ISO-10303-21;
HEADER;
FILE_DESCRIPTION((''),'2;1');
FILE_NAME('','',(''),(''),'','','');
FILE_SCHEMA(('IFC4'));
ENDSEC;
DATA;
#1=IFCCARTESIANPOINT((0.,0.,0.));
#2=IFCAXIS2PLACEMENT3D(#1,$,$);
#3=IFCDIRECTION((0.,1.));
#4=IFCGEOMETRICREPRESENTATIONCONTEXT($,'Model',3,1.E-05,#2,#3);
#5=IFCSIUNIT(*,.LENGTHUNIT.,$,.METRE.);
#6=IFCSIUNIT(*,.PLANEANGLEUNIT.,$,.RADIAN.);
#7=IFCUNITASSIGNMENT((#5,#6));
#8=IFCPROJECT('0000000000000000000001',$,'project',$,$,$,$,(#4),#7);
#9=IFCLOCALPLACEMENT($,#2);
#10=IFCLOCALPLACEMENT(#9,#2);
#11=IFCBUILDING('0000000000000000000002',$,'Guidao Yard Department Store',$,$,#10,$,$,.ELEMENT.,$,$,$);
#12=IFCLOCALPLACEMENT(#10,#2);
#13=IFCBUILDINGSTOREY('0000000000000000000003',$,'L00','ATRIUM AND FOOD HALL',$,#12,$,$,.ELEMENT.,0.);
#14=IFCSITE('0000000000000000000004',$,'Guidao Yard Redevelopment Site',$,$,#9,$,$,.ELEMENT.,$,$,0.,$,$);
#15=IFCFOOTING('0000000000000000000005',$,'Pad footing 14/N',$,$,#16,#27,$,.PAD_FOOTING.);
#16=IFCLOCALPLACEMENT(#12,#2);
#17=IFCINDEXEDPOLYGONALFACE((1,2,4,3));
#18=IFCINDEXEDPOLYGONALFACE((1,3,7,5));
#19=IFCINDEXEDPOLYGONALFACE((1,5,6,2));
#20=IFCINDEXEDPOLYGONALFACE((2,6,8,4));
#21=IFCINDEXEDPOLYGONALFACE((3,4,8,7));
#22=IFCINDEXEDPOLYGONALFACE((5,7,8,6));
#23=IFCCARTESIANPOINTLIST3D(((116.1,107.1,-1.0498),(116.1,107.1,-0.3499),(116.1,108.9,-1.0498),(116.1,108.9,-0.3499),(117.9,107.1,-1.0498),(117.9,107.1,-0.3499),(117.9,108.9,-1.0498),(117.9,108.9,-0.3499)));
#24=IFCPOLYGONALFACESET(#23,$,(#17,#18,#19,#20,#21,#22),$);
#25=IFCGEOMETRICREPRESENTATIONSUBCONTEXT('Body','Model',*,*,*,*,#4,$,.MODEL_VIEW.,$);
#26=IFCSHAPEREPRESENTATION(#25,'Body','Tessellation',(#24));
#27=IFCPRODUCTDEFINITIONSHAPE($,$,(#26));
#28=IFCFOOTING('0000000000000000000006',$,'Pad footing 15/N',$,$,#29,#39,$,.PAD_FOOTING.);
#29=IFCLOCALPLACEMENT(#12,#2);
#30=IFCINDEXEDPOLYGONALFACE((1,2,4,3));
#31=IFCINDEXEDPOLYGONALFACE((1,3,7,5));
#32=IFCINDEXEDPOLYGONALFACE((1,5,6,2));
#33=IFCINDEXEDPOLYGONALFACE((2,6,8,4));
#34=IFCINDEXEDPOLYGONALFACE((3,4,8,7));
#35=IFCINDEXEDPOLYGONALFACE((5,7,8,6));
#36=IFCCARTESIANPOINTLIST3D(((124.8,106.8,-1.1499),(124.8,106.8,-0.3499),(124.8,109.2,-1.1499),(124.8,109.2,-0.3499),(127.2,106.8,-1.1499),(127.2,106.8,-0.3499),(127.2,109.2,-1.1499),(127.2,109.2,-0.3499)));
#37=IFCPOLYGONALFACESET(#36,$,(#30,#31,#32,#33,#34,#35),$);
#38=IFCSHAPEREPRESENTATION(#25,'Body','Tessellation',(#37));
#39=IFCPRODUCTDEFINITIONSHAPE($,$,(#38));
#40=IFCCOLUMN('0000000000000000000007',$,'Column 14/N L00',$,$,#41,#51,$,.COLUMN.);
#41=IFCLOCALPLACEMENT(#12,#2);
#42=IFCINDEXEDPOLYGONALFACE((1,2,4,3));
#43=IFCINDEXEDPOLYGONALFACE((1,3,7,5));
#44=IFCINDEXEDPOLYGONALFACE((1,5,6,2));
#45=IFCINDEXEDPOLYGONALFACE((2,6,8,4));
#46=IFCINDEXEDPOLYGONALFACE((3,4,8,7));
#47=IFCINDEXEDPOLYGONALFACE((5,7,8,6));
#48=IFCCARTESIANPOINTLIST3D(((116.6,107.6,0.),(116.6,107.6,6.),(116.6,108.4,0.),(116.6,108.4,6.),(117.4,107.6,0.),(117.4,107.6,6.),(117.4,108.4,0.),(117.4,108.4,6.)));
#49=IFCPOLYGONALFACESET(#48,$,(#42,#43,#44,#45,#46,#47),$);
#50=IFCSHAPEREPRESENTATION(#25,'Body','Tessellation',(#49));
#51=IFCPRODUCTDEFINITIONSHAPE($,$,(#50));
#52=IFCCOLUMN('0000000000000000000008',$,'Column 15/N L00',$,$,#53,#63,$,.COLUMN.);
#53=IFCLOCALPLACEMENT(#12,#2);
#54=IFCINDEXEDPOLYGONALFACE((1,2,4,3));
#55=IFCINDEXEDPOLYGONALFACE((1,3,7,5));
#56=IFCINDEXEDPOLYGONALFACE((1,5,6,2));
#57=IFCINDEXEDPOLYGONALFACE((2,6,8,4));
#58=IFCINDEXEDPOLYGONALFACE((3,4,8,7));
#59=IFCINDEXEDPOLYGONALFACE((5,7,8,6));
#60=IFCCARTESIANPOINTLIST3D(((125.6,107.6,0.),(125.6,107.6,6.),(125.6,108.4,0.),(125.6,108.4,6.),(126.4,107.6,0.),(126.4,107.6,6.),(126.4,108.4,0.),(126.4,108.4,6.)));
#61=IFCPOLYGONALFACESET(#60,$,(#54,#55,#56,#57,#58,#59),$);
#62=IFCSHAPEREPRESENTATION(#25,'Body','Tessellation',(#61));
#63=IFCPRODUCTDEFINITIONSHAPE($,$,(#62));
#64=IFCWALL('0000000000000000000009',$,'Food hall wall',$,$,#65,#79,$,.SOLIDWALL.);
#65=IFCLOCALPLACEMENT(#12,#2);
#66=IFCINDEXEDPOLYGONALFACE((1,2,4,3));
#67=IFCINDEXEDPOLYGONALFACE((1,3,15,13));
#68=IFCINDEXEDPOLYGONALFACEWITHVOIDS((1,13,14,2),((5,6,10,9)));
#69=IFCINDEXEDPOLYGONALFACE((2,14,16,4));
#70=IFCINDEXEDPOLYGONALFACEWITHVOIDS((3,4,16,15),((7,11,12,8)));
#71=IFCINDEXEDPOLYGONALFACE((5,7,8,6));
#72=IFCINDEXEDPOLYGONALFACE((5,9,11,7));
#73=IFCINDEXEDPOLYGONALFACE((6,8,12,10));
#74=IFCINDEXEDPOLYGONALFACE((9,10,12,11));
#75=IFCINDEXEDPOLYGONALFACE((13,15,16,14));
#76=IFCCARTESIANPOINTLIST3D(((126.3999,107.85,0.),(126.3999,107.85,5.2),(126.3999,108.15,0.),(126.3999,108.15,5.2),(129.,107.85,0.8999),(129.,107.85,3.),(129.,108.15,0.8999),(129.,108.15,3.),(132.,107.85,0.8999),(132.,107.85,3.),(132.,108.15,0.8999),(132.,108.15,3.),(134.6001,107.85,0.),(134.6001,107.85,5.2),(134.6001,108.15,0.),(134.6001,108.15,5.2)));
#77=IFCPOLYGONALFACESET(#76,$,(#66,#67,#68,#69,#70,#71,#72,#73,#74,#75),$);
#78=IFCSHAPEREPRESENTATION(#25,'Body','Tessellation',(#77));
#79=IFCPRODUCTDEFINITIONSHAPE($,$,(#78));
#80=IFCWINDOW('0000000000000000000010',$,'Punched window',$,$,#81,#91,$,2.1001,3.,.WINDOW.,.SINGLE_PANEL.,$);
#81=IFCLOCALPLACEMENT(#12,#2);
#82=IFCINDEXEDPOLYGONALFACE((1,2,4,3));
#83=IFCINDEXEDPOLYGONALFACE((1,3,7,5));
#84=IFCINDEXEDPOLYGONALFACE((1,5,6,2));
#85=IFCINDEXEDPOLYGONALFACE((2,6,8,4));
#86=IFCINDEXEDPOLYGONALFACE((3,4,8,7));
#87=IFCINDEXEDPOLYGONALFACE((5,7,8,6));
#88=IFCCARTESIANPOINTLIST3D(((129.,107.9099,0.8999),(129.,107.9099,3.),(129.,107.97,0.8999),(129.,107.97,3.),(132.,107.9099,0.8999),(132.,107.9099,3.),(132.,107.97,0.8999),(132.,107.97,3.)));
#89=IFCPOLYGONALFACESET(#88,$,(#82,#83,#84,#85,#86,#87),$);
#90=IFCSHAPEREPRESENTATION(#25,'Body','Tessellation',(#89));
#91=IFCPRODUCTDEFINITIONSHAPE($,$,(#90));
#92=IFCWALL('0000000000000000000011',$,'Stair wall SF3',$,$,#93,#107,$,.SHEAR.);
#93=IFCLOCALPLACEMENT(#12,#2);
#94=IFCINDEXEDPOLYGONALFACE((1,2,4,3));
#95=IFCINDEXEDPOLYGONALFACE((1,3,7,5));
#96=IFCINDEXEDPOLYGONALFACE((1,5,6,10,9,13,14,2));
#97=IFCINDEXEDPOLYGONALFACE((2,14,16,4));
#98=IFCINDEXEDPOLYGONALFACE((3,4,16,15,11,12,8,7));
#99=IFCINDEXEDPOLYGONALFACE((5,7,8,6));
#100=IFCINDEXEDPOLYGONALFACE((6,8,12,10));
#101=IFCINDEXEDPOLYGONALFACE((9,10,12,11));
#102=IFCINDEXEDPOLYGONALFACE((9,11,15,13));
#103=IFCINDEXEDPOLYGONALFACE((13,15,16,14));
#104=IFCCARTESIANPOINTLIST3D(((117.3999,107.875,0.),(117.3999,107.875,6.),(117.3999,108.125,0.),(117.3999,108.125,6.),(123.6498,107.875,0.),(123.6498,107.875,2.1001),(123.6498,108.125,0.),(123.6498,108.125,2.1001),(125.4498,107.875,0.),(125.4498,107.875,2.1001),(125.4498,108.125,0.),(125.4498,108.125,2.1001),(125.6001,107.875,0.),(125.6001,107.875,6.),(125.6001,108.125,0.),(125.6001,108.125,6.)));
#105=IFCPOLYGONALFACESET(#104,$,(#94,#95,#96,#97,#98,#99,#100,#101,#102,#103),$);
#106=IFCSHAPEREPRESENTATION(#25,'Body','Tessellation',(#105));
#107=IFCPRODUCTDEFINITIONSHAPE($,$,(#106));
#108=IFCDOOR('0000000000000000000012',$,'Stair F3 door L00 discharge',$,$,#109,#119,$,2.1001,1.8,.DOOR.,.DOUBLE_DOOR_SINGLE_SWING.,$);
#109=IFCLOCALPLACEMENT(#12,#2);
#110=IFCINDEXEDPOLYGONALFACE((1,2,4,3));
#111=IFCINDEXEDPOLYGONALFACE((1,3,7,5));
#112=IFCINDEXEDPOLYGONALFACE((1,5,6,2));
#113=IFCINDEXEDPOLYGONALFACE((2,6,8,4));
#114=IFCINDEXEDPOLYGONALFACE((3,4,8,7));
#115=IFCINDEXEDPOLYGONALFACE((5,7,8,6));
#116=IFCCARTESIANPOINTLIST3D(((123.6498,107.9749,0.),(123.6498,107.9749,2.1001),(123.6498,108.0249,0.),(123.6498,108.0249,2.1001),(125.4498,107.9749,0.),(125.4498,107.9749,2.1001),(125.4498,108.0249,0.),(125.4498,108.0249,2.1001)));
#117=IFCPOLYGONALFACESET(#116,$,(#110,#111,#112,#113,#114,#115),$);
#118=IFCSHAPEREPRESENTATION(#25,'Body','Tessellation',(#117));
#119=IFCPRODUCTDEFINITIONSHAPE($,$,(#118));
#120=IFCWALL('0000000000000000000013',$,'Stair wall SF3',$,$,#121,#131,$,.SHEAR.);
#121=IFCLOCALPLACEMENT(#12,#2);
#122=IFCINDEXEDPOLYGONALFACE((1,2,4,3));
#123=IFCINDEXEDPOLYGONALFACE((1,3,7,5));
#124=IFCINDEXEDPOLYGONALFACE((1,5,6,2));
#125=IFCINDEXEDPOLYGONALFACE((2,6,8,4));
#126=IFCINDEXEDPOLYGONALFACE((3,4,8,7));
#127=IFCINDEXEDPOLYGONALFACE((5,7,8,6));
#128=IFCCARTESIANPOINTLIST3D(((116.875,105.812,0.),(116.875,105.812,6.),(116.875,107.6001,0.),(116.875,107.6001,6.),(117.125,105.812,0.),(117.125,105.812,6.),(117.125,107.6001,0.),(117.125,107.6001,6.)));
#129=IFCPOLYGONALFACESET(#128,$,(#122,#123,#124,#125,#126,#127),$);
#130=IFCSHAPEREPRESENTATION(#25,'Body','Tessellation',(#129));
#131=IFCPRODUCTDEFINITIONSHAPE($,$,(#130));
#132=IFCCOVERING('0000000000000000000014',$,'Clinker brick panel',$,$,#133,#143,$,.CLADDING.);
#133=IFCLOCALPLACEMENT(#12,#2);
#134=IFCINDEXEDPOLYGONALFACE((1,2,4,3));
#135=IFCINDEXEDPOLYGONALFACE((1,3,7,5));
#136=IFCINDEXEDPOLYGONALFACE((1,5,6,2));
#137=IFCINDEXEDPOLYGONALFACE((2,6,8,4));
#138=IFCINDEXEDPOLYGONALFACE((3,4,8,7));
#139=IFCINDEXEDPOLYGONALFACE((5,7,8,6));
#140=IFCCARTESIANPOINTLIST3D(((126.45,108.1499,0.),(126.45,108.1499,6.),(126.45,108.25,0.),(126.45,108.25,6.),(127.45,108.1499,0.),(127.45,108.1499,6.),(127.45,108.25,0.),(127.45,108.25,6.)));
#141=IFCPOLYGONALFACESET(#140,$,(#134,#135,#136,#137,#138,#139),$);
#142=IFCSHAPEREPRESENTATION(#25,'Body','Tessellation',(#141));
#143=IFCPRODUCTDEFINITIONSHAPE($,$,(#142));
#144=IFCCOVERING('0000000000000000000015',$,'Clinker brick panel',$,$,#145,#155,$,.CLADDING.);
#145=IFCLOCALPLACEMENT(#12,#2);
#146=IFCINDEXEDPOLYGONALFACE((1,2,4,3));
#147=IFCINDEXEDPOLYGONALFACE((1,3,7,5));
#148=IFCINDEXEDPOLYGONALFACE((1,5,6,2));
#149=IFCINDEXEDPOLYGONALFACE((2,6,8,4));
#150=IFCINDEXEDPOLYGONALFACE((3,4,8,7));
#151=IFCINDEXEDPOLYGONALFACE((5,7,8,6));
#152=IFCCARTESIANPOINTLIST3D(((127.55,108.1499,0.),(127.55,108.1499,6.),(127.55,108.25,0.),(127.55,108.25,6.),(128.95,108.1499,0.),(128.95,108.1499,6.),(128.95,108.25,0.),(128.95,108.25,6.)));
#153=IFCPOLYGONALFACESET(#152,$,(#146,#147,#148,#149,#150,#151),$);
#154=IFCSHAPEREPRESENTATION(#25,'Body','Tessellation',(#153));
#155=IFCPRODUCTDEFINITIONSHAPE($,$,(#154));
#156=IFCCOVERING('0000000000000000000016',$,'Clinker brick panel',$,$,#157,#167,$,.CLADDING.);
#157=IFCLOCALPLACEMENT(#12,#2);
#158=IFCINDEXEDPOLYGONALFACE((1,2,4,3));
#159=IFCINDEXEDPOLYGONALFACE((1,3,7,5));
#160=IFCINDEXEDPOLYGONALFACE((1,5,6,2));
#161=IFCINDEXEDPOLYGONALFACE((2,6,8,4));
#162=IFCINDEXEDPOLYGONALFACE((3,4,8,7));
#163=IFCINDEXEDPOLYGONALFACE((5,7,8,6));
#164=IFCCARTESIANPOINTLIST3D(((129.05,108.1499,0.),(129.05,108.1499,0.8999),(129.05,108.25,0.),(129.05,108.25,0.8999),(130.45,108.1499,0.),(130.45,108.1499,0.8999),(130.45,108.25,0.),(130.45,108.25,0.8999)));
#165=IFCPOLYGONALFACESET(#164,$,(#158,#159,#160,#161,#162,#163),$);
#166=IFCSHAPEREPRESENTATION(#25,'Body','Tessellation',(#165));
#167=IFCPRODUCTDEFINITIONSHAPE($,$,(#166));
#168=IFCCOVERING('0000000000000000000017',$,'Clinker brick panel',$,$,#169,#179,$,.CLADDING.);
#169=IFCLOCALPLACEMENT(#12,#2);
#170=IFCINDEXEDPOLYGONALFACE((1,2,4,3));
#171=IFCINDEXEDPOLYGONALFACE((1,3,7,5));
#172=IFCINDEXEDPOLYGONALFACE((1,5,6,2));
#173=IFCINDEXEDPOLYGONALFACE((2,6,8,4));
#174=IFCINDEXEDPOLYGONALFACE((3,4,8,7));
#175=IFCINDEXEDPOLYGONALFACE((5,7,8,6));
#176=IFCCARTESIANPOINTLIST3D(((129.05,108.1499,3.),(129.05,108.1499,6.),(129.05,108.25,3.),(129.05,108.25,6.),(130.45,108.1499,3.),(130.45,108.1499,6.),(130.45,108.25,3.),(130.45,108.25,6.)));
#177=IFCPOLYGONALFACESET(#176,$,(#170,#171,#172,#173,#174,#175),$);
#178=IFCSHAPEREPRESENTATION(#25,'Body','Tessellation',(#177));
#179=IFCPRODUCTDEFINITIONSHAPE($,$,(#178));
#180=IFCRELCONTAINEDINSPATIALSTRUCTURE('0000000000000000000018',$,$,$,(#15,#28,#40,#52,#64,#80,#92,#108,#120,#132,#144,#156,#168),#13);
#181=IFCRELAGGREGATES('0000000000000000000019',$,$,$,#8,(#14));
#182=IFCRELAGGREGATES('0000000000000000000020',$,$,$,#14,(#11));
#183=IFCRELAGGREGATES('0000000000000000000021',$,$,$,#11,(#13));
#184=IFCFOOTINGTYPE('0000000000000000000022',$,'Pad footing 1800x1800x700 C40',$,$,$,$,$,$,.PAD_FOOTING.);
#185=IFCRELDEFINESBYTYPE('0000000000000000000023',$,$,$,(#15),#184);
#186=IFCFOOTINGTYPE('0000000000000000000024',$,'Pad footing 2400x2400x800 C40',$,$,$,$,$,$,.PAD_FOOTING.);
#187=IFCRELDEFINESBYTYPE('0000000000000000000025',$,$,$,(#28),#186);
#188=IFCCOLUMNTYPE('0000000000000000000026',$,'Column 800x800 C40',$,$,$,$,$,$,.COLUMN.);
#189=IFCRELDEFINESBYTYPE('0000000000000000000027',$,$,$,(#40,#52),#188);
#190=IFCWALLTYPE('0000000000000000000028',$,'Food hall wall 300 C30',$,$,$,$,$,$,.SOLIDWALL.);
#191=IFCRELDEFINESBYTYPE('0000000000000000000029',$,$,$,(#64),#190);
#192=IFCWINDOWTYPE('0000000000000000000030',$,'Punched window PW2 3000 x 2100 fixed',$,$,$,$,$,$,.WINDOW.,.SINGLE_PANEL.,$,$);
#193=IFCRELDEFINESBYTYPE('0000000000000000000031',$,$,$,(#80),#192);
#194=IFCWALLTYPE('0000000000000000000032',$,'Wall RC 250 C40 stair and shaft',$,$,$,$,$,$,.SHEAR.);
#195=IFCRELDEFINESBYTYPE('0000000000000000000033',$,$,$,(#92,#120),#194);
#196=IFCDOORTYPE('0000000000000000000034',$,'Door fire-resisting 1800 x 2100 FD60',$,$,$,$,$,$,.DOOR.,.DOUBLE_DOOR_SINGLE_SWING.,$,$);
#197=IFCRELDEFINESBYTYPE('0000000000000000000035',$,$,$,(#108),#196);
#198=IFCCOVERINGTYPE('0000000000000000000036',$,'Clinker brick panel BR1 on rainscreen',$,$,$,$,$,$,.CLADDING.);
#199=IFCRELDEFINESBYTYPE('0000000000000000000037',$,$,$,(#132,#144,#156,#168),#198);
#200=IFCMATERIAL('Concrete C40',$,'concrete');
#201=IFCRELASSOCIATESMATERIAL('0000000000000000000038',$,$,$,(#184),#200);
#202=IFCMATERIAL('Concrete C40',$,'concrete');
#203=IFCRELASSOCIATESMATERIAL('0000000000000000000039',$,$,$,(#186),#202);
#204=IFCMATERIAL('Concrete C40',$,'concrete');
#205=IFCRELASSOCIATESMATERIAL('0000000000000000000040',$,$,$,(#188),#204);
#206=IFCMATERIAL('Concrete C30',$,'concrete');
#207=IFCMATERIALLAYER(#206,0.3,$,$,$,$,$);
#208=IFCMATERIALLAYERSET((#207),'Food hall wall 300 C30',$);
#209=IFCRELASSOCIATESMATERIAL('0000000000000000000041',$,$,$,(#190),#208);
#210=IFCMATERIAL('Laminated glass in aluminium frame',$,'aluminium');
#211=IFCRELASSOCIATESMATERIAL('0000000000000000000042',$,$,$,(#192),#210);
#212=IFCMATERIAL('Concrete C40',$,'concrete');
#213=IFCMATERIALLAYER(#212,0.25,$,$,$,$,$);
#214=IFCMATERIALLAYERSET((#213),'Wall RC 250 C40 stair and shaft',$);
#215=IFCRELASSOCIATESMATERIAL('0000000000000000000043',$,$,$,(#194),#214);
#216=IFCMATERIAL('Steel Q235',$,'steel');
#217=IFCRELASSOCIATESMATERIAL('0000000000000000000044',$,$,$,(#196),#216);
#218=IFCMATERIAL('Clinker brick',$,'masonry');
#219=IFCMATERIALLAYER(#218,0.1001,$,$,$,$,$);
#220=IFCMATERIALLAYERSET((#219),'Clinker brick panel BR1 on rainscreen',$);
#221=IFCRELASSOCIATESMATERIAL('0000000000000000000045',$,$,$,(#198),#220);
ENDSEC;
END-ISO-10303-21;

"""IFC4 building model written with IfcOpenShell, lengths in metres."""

from ifc_helpers import new_model, si_unit, direction, frame, frame_2d, origin, origin_2d, place, context, subcontext, project, spatial, rectangle, extrude, material, layer, layer_set, material_profile, profile_set, type_object, element, fill, save


model = new_model("IFC4")

# Units and contexts
model_context = context("Model", 3, precision=1e-05, world=origin(), true_north=direction((0.0, 1.0)))
body_context = subcontext(model_context, "Body", "Model", "MODEL_VIEW")
ifc_project = project(units=[si_unit("LENGTHUNIT", "METRE"), si_unit("PLANEANGLEUNIT", "RADIAN")], contexts=[model_context])

# Site, building, storey
site_placement = place(None, origin())
site = spatial("IfcSite", under=ifc_project, at=site_placement, Name="Guidao Yard Redevelopment Site", CompositionType="ELEMENT", RefElevation=0.0)
building_placement = place(site_placement, origin())
building = spatial("IfcBuilding", under=site, at=building_placement, Name="Guidao Yard Department Store", CompositionType="ELEMENT")
storey_placement = place(building_placement, origin())
storey = spatial("IfcBuildingStorey", under=building, at=storey_placement, Name="L00", Description="ATRIUM AND FOOD HALL", CompositionType="ELEMENT", Elevation=0.0)

# Footings
ifc_material_1 = material(Name="Concrete C40", Category="concrete")
footing_type_1 = type_object("IfcFootingType", Name="Pad footing 1800x1800x700 C40", PredefinedType="PAD_FOOTING", material=ifc_material_1)
footing_1_placement = place(storey_placement, frame((117.0, 108.0, -1.0498), z_axis=(0.0, 0.0, 1.0), x_axis=(1.0, 0.0, 0.0)))
element("IfcFooting", 1, at=footing_1_placement, inside=storey, type_object=footing_type_1, Name="Pad footing 14/N", PredefinedType="PAD_FOOTING", context=body_context, shape_type="SweptSolid", body=[
    extrude(rectangle(XDim=1.8, YDim=1.8, at=origin_2d()), origin(), (0.0, 0.0, 1.0), 0.7),
])
ifc_material_2 = material(Name="Concrete C40", Category="concrete")
footing_type_2 = type_object("IfcFootingType", Name="Pad footing 2400x2400x800 C40", PredefinedType="PAD_FOOTING", material=ifc_material_2)
footing_2_placement = place(storey_placement, frame((126.0, 108.0, -1.1499), z_axis=(0.0, 0.0, 1.0), x_axis=(1.0, 0.0, 0.0)))
element("IfcFooting", 2, at=footing_2_placement, inside=storey, type_object=footing_type_2, Name="Pad footing 15/N", PredefinedType="PAD_FOOTING", context=body_context, shape_type="SweptSolid", body=[
    extrude(rectangle(XDim=2.3999, YDim=2.3999, at=origin_2d()), origin(), (0.0, 0.0, 1.0), 0.8),
])

# Columns
ifc_material_3 = material(Name="Concrete C40", Category="concrete")
ifc_material_profile = material_profile(ifc_material_3, rectangle(XDim=0.8, YDim=0.8, at=origin_2d()), Name="COL 800x800")
ifc_profile_set = profile_set([ifc_material_profile], Name="Concrete C40")
column_type = type_object("IfcColumnType", Name="Column 800x800 C40", PredefinedType="COLUMN", material=ifc_profile_set)
for number, where, z_axis, x_axis, name in (
    (3, (117.0, 108.0, 0.0), (0.0, 0.0, 1.0), (1.0, 0.0, 0.0), "Column 14/N L00"),
    (4, (126.0, 108.0, 0.0), (0.0, 0.0, 1.0), (1.0, 0.0, 0.0), "Column 15/N L00"),
):
    element("IfcColumn", number, at=place(storey_placement, frame(where, z_axis=z_axis, x_axis=x_axis)), inside=storey, type_object=column_type, Name=name, PredefinedType="COLUMN", context=body_context, shape_type="SweptSolid", body=[
        extrude(rectangle(XDim=0.8, YDim=0.8, at=origin_2d()), origin(), (0.0, 0.0, 1.0), 6.0),
    ])

# Wall, opening, window
ifc_material_4 = material(Name="Concrete C30", Category="concrete")
ifc_layer_1 = layer(ifc_material_4, 0.3)
ifc_layer_set_1 = layer_set([ifc_layer_1], Name="Food hall wall 300 C30")
wall_type_1 = type_object("IfcWallType", Name="Food hall wall 300 C30", PredefinedType="SOLIDWALL", material=ifc_layer_set_1)
wall_1_placement = place(storey_placement, frame((126.3999, 108.0, 0.0), z_axis=(0.0, 0.0, 1.0), x_axis=(1.0, 0.0, 0.0)))
wall_1 = element("IfcWall", 5, at=wall_1_placement, inside=storey, type_object=wall_type_1, Name="Food hall wall", PredefinedType="SOLIDWALL", context=body_context, shape_type="SweptSolid", body=[
    extrude(rectangle(XDim=8.2002, YDim=0.3, at=frame_2d((4.1001, 0.0))), origin(), (0.0, 0.0, 1.0), 5.2),
])
opening_1_placement = place(wall_1_placement, frame((2.6001, 0.0, 0.8999)))
opening_1 = element("IfcOpeningElement", 6, at=opening_1_placement, cuts=wall_1, PredefinedType="OPENING", context=body_context, shape_type="SweptSolid", body=[
    extrude(rectangle(XDim=3.0, YDim=2.1001, at=frame_2d((1.5, 1.05))), frame((0.0, 0.1599, 0.0), z_axis=(0.0, -1.0, 0.0), x_axis=(1.0, 0.0, 0.0)), (0.0, 0.0, 1.0), 0.3201),
])
ifc_material_5 = material(Name="Laminated glass in aluminium frame", Category="aluminium")
window_type = type_object("IfcWindowType", Name="Punched window PW2 3000 x 2100 fixed", PartitioningType="SINGLE_PANEL", PredefinedType="WINDOW", material=ifc_material_5)
window_placement = place(opening_1_placement, origin())
window = element("IfcWindow", 7, at=window_placement, inside=storey, type_object=window_type, Name="Punched window", OverallHeight=2.1001, OverallWidth=3.0, PartitioningType="SINGLE_PANEL", PredefinedType="WINDOW", context=body_context, shape_type="SweptSolid", body=[
    extrude(rectangle(XDim=3.0, YDim=2.1001, at=frame_2d((1.5, 1.05))), frame((0.0, -0.03, 0.0), z_axis=(0.0, -1.0, 0.0), x_axis=(1.0, 0.0, 0.0)), (0.0, 0.0, 1.0), 0.0601),
])
fill(opening_1, window)

# Wall, opening, door
ifc_material_6 = material(Name="Concrete C40", Category="concrete")
ifc_layer_2 = layer(ifc_material_6, 0.25)
ifc_layer_set_2 = layer_set([ifc_layer_2], Name="Wall RC 250 C40 stair and shaft")
wall_type_2 = type_object("IfcWallType", Name="Wall RC 250 C40 stair and shaft", PredefinedType="SHEAR", material=ifc_layer_set_2)
wall_2_placement = place(storey_placement, frame((117.3999, 108.0, 0.0), z_axis=(0.0, 0.0, 1.0), x_axis=(1.0, 0.0, 0.0)))
wall_2 = element("IfcWall", 8, at=wall_2_placement, inside=storey, type_object=wall_type_2, Name="Stair wall SF3", PredefinedType="SHEAR", context=body_context, shape_type="SweptSolid", body=[
    extrude(rectangle(XDim=8.2002, YDim=0.25, at=frame_2d((4.1001, 0.0))), origin(), (0.0, 0.0, 1.0), 6.0),
])
opening_2_placement = place(wall_2_placement, frame((6.25, 0.0, 0.0)))
opening_2 = element("IfcOpeningElement", 9, at=opening_2_placement, cuts=wall_2, PredefinedType="OPENING", context=body_context, shape_type="SweptSolid", body=[
    extrude(rectangle(XDim=1.8, YDim=2.1001, at=frame_2d((0.8999, 1.05))), frame((0.0, 0.135, 0.0), z_axis=(0.0, -1.0, 0.0), x_axis=(1.0, 0.0, 0.0)), (0.0, 0.0, 1.0), 0.27),
])
ifc_material_7 = material(Name="Steel Q235", Category="steel")
door_type = type_object("IfcDoorType", Name="Door fire-resisting 1800 x 2100 FD60", OperationType="DOUBLE_DOOR_SINGLE_SWING", PredefinedType="DOOR", material=ifc_material_7)
door_placement = place(opening_2_placement, origin())
door = element("IfcDoor", 10, at=door_placement, inside=storey, type_object=door_type, Name="Stair F3 door L00 discharge", OperationType="DOUBLE_DOOR_SINGLE_SWING", OverallHeight=2.1001, OverallWidth=1.8, PredefinedType="DOOR", context=body_context, shape_type="SweptSolid", body=[
    extrude(rectangle(XDim=1.8, YDim=2.1001, at=frame_2d((0.8999, 1.05))), frame((0.0, 0.0249, 0.0), z_axis=(0.0, -1.0, 0.0), x_axis=(1.0, 0.0, 0.0)), (0.0, 0.0, 1.0), 0.05),
])
fill(opening_2, door)

# Wall
wall_3_placement = place(storey_placement, frame((117.0, 105.812, 0.0), z_axis=(0.0, 0.0, 1.0), x_axis=(0.0, 1.0, 0.0)))
element("IfcWall", 11, at=wall_3_placement, inside=storey, type_object=wall_type_2, Name="Stair wall SF3", PredefinedType="SHEAR", context=body_context, shape_type="SweptSolid", body=[
    extrude(rectangle(XDim=1.7881, YDim=0.25, at=frame_2d((0.894, 0.0))), origin(), (0.0, 0.0, 1.0), 6.0),
])

# Coverings
ifc_material_8 = material(Name="Clinker brick", Category="masonry")
ifc_layer_3 = layer(ifc_material_8, 0.1001)
ifc_layer_set_3 = layer_set([ifc_layer_3], Name="Clinker brick panel BR1 on rainscreen")
covering_type = type_object("IfcCoveringType", Name="Clinker brick panel BR1 on rainscreen", PredefinedType="CLADDING", material=ifc_layer_set_3)
covering_1_placement = place(storey_placement, frame((126.95, 108.2, 0.0), z_axis=(0.0, 0.0, 1.0), x_axis=(1.0, 0.0, 0.0)))
element("IfcCovering", 12, at=covering_1_placement, inside=storey, type_object=covering_type, Name="Clinker brick panel", PredefinedType="CLADDING", context=body_context, shape_type="SweptSolid", body=[
    extrude(rectangle(XDim=1.0, YDim=0.1001, at=origin_2d()), origin(), (0.0, 0.0, 1.0), 6.0),
])
covering_2_placement = place(storey_placement, frame((128.25, 108.2, 0.0), z_axis=(0.0, 0.0, 1.0), x_axis=(1.0, 0.0, 0.0)))
element("IfcCovering", 13, at=covering_2_placement, inside=storey, type_object=covering_type, Name="Clinker brick panel", PredefinedType="CLADDING", context=body_context, shape_type="SweptSolid", body=[
    extrude(rectangle(XDim=1.3999, YDim=0.1001, at=origin_2d()), origin(), (0.0, 0.0, 1.0), 6.0),
])
covering_3_placement = place(storey_placement, frame((129.75, 108.2, 0.0), z_axis=(0.0, 0.0, 1.0), x_axis=(1.0, 0.0, 0.0)))
element("IfcCovering", 14, at=covering_3_placement, inside=storey, type_object=covering_type, Name="Clinker brick panel", PredefinedType="CLADDING", context=body_context, shape_type="SweptSolid", body=[
    extrude(rectangle(XDim=1.3999, YDim=0.1001, at=origin_2d()), origin(), (0.0, 0.0, 1.0), 0.8999),
])
covering_4_placement = place(storey_placement, frame((129.75, 108.2, 3.0), z_axis=(0.0, 0.0, 1.0), x_axis=(1.0, 0.0, 0.0)))
element("IfcCovering", 15, at=covering_4_placement, inside=storey, type_object=covering_type, Name="Clinker brick panel", PredefinedType="CLADDING", context=body_context, shape_type="SweptSolid", body=[
    extrude(rectangle(XDim=1.3999, YDim=0.1001, at=origin_2d()), origin(), (0.0, 0.0, 1.0), 3.0),
])

save(model, "model.ifc")
